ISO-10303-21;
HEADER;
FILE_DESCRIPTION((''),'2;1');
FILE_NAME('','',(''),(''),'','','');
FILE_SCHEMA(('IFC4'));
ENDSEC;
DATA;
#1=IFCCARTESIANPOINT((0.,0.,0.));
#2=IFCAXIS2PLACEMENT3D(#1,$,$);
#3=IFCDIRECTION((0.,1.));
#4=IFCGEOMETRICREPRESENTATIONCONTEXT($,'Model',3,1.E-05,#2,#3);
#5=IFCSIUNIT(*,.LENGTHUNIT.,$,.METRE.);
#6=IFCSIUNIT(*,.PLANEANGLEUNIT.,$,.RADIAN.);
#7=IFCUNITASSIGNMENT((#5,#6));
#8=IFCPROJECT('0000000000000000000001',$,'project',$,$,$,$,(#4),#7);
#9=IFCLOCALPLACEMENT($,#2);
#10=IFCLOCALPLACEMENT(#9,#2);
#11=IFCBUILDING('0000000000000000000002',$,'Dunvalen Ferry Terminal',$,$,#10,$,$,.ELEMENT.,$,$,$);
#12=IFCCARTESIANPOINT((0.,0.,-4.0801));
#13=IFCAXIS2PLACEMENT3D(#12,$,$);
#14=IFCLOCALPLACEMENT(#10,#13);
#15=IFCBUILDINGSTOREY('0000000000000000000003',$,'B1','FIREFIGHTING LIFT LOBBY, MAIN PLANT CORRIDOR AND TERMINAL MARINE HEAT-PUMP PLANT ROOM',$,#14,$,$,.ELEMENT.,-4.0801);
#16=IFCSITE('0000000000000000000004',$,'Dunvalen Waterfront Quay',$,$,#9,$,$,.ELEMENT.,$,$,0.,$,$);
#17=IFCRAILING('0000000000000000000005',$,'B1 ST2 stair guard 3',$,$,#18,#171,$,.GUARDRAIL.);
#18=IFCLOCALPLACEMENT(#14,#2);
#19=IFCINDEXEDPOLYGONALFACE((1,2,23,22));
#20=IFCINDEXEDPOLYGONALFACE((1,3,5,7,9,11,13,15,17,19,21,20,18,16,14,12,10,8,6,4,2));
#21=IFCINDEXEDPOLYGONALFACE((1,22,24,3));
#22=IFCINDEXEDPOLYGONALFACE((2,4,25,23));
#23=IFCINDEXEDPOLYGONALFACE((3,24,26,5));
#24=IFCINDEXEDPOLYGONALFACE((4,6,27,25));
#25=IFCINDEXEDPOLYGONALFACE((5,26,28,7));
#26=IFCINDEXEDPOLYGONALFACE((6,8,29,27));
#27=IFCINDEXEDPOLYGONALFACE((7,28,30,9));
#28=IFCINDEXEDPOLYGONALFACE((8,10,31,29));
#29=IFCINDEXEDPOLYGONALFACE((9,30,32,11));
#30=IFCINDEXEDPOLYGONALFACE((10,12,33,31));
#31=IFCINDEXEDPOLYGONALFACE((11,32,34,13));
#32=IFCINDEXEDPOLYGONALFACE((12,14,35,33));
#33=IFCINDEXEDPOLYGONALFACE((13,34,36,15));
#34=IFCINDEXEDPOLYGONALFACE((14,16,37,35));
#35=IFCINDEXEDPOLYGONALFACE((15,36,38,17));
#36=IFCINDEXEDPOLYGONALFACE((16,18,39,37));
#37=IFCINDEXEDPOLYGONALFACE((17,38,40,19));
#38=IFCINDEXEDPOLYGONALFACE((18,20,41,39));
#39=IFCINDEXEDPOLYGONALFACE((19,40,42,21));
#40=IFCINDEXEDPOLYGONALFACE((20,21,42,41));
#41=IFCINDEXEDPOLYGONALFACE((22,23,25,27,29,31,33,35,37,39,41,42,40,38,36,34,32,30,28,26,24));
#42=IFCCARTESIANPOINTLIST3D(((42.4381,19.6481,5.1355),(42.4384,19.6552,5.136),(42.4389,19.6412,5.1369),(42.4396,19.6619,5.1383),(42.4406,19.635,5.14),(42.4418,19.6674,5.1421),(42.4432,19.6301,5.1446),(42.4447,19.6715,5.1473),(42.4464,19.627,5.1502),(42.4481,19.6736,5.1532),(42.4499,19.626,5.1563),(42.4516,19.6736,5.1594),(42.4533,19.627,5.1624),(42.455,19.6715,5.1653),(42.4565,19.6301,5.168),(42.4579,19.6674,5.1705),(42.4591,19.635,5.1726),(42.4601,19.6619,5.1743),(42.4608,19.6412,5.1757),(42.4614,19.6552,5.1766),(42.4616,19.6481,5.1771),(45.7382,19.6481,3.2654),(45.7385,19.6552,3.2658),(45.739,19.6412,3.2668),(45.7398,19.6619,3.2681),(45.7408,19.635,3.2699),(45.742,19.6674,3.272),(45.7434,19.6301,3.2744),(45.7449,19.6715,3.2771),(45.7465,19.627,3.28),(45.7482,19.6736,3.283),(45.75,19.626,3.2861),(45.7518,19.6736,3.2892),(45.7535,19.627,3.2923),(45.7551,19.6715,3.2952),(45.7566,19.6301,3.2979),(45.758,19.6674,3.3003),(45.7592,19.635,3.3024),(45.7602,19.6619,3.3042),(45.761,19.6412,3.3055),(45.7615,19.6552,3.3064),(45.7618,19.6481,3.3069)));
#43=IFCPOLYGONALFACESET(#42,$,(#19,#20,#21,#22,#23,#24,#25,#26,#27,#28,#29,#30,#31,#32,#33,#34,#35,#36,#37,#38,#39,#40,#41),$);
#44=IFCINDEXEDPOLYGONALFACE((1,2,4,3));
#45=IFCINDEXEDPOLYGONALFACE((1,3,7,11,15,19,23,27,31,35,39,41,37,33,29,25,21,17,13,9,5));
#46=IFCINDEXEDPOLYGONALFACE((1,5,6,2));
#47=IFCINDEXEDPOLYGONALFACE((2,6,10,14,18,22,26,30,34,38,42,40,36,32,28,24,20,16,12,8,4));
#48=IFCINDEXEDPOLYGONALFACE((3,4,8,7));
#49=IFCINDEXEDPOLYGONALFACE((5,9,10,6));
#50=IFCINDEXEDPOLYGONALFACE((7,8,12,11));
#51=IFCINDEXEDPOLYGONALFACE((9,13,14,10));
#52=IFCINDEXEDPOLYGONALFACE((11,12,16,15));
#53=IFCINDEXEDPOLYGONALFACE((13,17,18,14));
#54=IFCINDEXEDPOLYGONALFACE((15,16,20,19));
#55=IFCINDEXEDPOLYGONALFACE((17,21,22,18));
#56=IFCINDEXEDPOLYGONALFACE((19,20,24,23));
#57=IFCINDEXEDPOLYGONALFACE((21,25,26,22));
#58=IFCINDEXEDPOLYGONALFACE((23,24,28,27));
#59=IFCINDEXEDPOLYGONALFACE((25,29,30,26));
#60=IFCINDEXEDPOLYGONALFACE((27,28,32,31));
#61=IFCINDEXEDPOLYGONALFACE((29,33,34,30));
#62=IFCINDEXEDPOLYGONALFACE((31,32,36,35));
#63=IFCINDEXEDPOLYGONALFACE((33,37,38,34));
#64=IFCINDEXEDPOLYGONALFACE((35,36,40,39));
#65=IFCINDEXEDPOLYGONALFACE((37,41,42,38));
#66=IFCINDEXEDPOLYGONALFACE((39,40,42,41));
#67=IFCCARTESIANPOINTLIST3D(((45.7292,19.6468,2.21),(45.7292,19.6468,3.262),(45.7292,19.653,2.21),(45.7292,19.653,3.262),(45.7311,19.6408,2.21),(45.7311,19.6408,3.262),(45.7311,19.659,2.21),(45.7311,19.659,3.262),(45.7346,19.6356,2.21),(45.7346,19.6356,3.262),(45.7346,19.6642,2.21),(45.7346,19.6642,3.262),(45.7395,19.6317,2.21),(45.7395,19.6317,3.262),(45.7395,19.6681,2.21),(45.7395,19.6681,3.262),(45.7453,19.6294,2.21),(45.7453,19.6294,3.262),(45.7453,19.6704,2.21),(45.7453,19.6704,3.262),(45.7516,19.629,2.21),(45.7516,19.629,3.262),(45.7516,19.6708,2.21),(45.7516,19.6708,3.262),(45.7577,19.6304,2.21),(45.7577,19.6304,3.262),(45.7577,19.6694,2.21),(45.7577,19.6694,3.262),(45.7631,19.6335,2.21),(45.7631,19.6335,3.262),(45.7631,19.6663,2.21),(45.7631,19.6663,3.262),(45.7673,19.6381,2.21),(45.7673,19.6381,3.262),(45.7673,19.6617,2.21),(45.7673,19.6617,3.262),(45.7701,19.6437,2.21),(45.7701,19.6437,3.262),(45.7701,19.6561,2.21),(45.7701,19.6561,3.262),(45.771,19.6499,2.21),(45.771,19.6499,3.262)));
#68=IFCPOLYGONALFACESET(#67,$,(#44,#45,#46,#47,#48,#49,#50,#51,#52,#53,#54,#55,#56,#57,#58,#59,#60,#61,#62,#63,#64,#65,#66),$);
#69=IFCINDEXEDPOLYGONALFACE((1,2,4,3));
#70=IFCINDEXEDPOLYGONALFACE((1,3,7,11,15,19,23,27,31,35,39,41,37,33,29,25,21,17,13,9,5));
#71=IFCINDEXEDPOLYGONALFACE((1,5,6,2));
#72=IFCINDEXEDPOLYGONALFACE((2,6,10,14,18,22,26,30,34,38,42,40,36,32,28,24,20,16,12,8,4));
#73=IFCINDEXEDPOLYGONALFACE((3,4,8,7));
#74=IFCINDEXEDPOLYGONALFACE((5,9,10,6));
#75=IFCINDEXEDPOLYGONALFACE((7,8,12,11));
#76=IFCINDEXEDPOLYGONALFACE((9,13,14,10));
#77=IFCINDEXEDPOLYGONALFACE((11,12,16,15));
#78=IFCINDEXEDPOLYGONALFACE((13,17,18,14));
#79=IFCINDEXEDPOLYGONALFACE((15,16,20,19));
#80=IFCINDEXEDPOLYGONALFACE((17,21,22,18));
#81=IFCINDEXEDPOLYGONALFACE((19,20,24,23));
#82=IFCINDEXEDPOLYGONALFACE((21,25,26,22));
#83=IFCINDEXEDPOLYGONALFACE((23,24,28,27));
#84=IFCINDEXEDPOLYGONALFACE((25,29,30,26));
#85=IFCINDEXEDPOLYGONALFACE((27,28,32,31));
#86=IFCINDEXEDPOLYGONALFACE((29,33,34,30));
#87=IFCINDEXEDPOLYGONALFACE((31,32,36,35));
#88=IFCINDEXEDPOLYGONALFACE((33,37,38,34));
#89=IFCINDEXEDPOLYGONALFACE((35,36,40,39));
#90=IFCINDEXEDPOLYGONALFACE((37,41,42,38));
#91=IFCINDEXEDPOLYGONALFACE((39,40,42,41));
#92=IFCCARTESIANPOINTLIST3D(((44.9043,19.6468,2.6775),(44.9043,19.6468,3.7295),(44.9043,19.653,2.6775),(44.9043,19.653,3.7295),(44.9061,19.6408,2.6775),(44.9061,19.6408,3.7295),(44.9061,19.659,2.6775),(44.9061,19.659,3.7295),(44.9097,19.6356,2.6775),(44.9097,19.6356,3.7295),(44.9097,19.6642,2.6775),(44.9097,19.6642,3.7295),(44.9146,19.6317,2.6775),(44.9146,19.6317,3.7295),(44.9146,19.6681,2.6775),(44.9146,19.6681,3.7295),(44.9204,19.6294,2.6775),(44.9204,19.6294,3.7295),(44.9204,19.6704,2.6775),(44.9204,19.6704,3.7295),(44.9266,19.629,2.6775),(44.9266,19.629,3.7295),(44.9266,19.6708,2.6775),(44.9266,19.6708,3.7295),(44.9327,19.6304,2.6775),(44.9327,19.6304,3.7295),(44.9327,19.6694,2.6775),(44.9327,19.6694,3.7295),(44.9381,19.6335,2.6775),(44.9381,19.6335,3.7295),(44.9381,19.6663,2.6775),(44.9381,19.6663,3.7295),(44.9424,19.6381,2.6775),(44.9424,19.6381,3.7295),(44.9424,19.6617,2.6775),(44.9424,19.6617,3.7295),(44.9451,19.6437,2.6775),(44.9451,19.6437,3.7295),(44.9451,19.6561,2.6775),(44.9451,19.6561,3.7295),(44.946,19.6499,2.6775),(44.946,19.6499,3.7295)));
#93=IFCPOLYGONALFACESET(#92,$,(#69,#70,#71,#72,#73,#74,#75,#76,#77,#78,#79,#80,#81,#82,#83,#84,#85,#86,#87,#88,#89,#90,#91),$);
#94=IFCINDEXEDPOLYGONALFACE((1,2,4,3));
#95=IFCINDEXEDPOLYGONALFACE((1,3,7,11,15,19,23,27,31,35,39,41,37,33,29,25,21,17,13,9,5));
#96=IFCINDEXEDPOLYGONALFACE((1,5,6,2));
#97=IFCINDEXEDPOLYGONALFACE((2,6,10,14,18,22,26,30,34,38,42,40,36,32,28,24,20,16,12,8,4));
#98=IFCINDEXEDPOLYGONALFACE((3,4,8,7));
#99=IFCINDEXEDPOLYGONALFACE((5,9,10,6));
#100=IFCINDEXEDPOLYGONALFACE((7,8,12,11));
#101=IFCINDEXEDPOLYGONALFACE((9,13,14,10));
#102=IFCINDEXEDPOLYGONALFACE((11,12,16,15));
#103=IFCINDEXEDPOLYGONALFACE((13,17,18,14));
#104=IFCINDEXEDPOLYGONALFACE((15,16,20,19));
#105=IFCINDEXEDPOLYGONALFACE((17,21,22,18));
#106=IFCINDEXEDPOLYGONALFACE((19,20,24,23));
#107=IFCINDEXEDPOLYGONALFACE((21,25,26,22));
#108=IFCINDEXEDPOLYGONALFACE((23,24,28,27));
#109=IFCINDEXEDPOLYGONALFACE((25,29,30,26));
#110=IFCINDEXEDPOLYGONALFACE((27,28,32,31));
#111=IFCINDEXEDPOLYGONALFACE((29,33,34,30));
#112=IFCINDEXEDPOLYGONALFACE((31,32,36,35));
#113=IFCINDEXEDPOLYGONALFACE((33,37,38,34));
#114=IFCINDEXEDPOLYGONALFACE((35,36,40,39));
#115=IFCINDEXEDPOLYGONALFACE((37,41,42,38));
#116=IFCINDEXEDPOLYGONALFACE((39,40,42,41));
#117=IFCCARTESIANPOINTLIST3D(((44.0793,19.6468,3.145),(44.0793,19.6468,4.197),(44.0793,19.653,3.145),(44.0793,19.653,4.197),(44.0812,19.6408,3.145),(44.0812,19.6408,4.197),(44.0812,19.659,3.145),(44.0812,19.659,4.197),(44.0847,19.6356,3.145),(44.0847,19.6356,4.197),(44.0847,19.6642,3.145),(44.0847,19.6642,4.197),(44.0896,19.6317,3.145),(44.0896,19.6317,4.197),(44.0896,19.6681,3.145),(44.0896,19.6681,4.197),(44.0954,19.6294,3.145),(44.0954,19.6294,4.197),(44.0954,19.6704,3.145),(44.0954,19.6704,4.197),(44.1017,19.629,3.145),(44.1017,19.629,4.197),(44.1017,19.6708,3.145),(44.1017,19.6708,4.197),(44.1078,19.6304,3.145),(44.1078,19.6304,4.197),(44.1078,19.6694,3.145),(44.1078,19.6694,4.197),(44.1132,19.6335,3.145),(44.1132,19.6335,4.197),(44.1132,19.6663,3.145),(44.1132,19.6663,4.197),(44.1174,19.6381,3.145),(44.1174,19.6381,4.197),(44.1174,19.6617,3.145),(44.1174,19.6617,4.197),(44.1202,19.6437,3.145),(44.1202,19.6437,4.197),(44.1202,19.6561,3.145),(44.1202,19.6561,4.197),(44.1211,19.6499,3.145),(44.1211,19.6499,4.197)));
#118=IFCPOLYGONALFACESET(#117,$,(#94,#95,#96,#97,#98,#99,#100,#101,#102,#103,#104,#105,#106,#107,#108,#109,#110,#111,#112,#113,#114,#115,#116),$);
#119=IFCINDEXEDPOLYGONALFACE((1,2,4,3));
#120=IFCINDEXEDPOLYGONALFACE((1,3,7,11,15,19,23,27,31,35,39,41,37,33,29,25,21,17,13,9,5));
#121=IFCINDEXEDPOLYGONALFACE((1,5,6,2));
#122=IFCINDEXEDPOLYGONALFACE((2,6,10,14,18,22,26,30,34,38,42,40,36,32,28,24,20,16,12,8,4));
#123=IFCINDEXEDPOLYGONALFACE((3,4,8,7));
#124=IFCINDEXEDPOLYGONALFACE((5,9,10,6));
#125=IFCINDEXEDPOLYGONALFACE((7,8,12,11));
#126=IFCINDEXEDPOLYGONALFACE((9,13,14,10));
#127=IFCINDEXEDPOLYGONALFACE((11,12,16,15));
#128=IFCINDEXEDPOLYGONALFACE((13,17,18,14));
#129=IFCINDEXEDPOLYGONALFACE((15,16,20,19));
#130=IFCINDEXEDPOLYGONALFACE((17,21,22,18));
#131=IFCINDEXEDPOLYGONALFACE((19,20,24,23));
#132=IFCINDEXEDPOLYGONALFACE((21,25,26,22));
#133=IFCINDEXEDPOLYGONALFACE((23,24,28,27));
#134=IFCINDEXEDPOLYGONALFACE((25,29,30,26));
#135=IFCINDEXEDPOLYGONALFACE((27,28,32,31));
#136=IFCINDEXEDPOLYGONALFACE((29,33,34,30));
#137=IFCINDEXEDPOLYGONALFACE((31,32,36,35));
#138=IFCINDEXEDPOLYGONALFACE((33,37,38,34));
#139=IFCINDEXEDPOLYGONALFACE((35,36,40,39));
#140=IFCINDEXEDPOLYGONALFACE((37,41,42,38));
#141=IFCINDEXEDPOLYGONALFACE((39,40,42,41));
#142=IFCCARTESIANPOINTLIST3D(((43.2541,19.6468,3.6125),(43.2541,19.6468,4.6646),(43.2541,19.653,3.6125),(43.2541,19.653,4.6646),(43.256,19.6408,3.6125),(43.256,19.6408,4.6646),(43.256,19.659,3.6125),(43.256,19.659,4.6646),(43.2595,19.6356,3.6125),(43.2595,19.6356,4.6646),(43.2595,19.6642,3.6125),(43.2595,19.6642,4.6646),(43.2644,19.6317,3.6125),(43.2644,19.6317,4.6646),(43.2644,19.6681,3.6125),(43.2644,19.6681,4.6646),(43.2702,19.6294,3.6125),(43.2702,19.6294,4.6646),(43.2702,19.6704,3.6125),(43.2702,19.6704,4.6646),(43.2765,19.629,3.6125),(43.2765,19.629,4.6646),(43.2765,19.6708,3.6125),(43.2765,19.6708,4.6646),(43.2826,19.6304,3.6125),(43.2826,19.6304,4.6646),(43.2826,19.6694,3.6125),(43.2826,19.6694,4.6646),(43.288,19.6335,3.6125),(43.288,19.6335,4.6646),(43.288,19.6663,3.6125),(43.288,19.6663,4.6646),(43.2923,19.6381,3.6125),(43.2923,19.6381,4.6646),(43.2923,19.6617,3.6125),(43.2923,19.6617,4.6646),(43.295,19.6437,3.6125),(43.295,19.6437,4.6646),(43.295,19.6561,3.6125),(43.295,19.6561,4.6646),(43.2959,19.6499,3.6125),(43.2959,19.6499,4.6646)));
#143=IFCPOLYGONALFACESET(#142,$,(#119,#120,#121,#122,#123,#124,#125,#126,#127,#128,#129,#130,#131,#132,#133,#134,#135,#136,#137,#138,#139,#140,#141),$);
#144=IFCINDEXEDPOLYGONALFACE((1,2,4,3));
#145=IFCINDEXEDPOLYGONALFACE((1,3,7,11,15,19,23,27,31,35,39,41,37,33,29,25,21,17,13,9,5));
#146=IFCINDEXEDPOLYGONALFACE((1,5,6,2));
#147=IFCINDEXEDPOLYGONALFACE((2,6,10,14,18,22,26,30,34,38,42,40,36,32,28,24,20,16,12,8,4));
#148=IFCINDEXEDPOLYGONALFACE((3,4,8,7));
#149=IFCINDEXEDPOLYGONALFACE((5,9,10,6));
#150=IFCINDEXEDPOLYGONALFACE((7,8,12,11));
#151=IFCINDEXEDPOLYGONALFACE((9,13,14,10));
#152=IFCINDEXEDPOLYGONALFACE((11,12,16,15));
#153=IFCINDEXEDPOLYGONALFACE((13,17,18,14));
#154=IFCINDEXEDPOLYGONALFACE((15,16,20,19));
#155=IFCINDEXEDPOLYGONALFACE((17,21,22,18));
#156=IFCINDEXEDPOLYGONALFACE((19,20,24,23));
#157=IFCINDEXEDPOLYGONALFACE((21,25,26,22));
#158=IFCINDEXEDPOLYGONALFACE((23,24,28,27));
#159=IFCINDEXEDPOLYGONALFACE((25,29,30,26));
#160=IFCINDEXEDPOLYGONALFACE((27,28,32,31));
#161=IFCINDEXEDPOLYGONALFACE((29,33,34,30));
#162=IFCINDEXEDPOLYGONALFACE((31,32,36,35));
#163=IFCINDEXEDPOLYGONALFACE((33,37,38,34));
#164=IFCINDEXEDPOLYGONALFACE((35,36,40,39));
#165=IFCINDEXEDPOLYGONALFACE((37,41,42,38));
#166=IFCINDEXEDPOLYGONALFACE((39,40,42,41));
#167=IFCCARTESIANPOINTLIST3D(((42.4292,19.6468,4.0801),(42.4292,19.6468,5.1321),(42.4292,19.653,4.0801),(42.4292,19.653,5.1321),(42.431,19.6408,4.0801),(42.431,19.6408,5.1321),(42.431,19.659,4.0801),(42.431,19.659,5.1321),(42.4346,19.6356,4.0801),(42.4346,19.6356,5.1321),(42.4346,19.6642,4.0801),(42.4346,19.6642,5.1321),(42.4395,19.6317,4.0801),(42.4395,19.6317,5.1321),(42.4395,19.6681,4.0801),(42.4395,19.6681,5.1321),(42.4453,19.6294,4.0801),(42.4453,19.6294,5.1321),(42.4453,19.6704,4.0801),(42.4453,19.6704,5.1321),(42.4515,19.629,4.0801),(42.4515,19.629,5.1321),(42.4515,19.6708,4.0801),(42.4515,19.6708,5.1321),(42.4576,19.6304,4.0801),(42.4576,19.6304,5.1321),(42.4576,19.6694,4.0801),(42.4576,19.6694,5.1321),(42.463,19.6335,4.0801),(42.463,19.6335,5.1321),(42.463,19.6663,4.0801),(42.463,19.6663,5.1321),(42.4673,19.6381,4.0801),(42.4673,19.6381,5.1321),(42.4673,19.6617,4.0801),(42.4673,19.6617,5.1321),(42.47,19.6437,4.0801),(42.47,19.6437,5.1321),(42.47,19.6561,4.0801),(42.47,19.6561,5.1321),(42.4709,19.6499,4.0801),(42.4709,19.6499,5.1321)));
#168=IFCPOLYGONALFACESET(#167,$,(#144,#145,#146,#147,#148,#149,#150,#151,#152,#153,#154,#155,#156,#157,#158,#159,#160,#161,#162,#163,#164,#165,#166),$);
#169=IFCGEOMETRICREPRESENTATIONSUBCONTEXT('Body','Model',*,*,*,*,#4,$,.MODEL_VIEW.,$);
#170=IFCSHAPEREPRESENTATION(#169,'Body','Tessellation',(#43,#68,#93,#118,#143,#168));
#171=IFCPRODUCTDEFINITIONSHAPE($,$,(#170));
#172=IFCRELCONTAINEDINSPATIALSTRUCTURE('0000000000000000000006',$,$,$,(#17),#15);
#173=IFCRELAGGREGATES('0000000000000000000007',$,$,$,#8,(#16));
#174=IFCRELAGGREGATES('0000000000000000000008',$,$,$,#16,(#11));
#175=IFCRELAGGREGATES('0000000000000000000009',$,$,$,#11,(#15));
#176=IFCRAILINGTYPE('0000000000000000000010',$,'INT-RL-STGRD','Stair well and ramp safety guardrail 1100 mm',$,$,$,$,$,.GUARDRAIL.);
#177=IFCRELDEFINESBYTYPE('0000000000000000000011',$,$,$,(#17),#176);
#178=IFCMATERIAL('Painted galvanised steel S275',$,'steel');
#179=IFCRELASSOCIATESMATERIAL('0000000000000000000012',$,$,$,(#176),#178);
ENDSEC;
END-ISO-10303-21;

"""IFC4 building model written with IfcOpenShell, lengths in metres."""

from ifc_helpers import new_model, si_unit, direction, frame, origin, origin_2d, place, context, subcontext, project, spatial, circle, extrude, material, type_object, element, save


model = new_model("IFC4")

# Units and contexts
model_context = context("Model", 3, precision=1e-05, world=origin(), true_north=direction((0.0, 1.0)))
body_context = subcontext(model_context, "Body", "Model", "MODEL_VIEW")
ifc_project = project(units=[si_unit("LENGTHUNIT", "METRE"), si_unit("PLANEANGLEUNIT", "RADIAN")], contexts=[model_context])

# Site, building, storey
site_placement = place(None, origin())
site = spatial("IfcSite", under=ifc_project, at=site_placement, Name="Dunvalen Waterfront Quay", CompositionType="ELEMENT", RefElevation=0.0)
building_placement = place(site_placement, origin())
building = spatial("IfcBuilding", under=site, at=building_placement, Name="Dunvalen Ferry Terminal", CompositionType="ELEMENT")
storey_placement = place(building_placement, frame((0.0, 0.0, -4.0801)))
storey = spatial("IfcBuildingStorey", under=building, at=storey_placement, Name="B1", Description="FIREFIGHTING LIFT LOBBY, MAIN PLANT CORRIDOR AND TERMINAL MARINE HEAT-PUMP PLANT ROOM", CompositionType="ELEMENT", Elevation=-4.0801)

# Railing
ifc_material_1 = material(Name="Painted galvanised steel S275", Category="steel")
railing_type_1 = type_object("IfcRailingType", Name="INT-RL-STGRD", Description="Stair well and ramp safety guardrail 1100 mm", PredefinedType="GUARDRAIL", material=ifc_material_1)
railing_1_placement = place(storey_placement, frame((45.75, 19.6499, 2.21)))
element("IfcRailing", 1, at=railing_1_placement, inside=storey, type_object=railing_type_1, Name="B1 ST2 stair guard 3", PredefinedType="GUARDRAIL", context=body_context, shape_type="SweptSolid", body=[
    extrude(circle(Radius=0.0239, at=origin_2d()), frame((0.0, 0.0, 1.0762), z_axis=(-0.870012, 0.0, 0.49303), x_axis=(0.0, -1.0, 0.0)), (0.0, 0.0, 1.0), 3.7932),
    extrude(circle(Radius=0.021, at=origin_2d()), origin(), (0.0, 0.0, 1.0), 1.052),
    extrude(circle(Radius=0.021, at=origin_2d()), frame((-0.825, 0.0, 0.4675)), (0.0, 0.0, 1.0), 1.052),
    extrude(circle(Radius=0.021, at=origin_2d()), frame((-1.6499, 0.0, 0.9351)), (0.0, 0.0, 1.0), 1.052),
    extrude(circle(Radius=0.021, at=origin_2d()), frame((-2.4751, 0.0, 1.4026)), (0.0, 0.0, 1.0), 1.052),
    extrude(circle(Radius=0.021, at=origin_2d()), frame((-3.3, 0.0, 1.8701)), (0.0, 0.0, 1.0), 1.052),
])

save(model, "model.ifc")
